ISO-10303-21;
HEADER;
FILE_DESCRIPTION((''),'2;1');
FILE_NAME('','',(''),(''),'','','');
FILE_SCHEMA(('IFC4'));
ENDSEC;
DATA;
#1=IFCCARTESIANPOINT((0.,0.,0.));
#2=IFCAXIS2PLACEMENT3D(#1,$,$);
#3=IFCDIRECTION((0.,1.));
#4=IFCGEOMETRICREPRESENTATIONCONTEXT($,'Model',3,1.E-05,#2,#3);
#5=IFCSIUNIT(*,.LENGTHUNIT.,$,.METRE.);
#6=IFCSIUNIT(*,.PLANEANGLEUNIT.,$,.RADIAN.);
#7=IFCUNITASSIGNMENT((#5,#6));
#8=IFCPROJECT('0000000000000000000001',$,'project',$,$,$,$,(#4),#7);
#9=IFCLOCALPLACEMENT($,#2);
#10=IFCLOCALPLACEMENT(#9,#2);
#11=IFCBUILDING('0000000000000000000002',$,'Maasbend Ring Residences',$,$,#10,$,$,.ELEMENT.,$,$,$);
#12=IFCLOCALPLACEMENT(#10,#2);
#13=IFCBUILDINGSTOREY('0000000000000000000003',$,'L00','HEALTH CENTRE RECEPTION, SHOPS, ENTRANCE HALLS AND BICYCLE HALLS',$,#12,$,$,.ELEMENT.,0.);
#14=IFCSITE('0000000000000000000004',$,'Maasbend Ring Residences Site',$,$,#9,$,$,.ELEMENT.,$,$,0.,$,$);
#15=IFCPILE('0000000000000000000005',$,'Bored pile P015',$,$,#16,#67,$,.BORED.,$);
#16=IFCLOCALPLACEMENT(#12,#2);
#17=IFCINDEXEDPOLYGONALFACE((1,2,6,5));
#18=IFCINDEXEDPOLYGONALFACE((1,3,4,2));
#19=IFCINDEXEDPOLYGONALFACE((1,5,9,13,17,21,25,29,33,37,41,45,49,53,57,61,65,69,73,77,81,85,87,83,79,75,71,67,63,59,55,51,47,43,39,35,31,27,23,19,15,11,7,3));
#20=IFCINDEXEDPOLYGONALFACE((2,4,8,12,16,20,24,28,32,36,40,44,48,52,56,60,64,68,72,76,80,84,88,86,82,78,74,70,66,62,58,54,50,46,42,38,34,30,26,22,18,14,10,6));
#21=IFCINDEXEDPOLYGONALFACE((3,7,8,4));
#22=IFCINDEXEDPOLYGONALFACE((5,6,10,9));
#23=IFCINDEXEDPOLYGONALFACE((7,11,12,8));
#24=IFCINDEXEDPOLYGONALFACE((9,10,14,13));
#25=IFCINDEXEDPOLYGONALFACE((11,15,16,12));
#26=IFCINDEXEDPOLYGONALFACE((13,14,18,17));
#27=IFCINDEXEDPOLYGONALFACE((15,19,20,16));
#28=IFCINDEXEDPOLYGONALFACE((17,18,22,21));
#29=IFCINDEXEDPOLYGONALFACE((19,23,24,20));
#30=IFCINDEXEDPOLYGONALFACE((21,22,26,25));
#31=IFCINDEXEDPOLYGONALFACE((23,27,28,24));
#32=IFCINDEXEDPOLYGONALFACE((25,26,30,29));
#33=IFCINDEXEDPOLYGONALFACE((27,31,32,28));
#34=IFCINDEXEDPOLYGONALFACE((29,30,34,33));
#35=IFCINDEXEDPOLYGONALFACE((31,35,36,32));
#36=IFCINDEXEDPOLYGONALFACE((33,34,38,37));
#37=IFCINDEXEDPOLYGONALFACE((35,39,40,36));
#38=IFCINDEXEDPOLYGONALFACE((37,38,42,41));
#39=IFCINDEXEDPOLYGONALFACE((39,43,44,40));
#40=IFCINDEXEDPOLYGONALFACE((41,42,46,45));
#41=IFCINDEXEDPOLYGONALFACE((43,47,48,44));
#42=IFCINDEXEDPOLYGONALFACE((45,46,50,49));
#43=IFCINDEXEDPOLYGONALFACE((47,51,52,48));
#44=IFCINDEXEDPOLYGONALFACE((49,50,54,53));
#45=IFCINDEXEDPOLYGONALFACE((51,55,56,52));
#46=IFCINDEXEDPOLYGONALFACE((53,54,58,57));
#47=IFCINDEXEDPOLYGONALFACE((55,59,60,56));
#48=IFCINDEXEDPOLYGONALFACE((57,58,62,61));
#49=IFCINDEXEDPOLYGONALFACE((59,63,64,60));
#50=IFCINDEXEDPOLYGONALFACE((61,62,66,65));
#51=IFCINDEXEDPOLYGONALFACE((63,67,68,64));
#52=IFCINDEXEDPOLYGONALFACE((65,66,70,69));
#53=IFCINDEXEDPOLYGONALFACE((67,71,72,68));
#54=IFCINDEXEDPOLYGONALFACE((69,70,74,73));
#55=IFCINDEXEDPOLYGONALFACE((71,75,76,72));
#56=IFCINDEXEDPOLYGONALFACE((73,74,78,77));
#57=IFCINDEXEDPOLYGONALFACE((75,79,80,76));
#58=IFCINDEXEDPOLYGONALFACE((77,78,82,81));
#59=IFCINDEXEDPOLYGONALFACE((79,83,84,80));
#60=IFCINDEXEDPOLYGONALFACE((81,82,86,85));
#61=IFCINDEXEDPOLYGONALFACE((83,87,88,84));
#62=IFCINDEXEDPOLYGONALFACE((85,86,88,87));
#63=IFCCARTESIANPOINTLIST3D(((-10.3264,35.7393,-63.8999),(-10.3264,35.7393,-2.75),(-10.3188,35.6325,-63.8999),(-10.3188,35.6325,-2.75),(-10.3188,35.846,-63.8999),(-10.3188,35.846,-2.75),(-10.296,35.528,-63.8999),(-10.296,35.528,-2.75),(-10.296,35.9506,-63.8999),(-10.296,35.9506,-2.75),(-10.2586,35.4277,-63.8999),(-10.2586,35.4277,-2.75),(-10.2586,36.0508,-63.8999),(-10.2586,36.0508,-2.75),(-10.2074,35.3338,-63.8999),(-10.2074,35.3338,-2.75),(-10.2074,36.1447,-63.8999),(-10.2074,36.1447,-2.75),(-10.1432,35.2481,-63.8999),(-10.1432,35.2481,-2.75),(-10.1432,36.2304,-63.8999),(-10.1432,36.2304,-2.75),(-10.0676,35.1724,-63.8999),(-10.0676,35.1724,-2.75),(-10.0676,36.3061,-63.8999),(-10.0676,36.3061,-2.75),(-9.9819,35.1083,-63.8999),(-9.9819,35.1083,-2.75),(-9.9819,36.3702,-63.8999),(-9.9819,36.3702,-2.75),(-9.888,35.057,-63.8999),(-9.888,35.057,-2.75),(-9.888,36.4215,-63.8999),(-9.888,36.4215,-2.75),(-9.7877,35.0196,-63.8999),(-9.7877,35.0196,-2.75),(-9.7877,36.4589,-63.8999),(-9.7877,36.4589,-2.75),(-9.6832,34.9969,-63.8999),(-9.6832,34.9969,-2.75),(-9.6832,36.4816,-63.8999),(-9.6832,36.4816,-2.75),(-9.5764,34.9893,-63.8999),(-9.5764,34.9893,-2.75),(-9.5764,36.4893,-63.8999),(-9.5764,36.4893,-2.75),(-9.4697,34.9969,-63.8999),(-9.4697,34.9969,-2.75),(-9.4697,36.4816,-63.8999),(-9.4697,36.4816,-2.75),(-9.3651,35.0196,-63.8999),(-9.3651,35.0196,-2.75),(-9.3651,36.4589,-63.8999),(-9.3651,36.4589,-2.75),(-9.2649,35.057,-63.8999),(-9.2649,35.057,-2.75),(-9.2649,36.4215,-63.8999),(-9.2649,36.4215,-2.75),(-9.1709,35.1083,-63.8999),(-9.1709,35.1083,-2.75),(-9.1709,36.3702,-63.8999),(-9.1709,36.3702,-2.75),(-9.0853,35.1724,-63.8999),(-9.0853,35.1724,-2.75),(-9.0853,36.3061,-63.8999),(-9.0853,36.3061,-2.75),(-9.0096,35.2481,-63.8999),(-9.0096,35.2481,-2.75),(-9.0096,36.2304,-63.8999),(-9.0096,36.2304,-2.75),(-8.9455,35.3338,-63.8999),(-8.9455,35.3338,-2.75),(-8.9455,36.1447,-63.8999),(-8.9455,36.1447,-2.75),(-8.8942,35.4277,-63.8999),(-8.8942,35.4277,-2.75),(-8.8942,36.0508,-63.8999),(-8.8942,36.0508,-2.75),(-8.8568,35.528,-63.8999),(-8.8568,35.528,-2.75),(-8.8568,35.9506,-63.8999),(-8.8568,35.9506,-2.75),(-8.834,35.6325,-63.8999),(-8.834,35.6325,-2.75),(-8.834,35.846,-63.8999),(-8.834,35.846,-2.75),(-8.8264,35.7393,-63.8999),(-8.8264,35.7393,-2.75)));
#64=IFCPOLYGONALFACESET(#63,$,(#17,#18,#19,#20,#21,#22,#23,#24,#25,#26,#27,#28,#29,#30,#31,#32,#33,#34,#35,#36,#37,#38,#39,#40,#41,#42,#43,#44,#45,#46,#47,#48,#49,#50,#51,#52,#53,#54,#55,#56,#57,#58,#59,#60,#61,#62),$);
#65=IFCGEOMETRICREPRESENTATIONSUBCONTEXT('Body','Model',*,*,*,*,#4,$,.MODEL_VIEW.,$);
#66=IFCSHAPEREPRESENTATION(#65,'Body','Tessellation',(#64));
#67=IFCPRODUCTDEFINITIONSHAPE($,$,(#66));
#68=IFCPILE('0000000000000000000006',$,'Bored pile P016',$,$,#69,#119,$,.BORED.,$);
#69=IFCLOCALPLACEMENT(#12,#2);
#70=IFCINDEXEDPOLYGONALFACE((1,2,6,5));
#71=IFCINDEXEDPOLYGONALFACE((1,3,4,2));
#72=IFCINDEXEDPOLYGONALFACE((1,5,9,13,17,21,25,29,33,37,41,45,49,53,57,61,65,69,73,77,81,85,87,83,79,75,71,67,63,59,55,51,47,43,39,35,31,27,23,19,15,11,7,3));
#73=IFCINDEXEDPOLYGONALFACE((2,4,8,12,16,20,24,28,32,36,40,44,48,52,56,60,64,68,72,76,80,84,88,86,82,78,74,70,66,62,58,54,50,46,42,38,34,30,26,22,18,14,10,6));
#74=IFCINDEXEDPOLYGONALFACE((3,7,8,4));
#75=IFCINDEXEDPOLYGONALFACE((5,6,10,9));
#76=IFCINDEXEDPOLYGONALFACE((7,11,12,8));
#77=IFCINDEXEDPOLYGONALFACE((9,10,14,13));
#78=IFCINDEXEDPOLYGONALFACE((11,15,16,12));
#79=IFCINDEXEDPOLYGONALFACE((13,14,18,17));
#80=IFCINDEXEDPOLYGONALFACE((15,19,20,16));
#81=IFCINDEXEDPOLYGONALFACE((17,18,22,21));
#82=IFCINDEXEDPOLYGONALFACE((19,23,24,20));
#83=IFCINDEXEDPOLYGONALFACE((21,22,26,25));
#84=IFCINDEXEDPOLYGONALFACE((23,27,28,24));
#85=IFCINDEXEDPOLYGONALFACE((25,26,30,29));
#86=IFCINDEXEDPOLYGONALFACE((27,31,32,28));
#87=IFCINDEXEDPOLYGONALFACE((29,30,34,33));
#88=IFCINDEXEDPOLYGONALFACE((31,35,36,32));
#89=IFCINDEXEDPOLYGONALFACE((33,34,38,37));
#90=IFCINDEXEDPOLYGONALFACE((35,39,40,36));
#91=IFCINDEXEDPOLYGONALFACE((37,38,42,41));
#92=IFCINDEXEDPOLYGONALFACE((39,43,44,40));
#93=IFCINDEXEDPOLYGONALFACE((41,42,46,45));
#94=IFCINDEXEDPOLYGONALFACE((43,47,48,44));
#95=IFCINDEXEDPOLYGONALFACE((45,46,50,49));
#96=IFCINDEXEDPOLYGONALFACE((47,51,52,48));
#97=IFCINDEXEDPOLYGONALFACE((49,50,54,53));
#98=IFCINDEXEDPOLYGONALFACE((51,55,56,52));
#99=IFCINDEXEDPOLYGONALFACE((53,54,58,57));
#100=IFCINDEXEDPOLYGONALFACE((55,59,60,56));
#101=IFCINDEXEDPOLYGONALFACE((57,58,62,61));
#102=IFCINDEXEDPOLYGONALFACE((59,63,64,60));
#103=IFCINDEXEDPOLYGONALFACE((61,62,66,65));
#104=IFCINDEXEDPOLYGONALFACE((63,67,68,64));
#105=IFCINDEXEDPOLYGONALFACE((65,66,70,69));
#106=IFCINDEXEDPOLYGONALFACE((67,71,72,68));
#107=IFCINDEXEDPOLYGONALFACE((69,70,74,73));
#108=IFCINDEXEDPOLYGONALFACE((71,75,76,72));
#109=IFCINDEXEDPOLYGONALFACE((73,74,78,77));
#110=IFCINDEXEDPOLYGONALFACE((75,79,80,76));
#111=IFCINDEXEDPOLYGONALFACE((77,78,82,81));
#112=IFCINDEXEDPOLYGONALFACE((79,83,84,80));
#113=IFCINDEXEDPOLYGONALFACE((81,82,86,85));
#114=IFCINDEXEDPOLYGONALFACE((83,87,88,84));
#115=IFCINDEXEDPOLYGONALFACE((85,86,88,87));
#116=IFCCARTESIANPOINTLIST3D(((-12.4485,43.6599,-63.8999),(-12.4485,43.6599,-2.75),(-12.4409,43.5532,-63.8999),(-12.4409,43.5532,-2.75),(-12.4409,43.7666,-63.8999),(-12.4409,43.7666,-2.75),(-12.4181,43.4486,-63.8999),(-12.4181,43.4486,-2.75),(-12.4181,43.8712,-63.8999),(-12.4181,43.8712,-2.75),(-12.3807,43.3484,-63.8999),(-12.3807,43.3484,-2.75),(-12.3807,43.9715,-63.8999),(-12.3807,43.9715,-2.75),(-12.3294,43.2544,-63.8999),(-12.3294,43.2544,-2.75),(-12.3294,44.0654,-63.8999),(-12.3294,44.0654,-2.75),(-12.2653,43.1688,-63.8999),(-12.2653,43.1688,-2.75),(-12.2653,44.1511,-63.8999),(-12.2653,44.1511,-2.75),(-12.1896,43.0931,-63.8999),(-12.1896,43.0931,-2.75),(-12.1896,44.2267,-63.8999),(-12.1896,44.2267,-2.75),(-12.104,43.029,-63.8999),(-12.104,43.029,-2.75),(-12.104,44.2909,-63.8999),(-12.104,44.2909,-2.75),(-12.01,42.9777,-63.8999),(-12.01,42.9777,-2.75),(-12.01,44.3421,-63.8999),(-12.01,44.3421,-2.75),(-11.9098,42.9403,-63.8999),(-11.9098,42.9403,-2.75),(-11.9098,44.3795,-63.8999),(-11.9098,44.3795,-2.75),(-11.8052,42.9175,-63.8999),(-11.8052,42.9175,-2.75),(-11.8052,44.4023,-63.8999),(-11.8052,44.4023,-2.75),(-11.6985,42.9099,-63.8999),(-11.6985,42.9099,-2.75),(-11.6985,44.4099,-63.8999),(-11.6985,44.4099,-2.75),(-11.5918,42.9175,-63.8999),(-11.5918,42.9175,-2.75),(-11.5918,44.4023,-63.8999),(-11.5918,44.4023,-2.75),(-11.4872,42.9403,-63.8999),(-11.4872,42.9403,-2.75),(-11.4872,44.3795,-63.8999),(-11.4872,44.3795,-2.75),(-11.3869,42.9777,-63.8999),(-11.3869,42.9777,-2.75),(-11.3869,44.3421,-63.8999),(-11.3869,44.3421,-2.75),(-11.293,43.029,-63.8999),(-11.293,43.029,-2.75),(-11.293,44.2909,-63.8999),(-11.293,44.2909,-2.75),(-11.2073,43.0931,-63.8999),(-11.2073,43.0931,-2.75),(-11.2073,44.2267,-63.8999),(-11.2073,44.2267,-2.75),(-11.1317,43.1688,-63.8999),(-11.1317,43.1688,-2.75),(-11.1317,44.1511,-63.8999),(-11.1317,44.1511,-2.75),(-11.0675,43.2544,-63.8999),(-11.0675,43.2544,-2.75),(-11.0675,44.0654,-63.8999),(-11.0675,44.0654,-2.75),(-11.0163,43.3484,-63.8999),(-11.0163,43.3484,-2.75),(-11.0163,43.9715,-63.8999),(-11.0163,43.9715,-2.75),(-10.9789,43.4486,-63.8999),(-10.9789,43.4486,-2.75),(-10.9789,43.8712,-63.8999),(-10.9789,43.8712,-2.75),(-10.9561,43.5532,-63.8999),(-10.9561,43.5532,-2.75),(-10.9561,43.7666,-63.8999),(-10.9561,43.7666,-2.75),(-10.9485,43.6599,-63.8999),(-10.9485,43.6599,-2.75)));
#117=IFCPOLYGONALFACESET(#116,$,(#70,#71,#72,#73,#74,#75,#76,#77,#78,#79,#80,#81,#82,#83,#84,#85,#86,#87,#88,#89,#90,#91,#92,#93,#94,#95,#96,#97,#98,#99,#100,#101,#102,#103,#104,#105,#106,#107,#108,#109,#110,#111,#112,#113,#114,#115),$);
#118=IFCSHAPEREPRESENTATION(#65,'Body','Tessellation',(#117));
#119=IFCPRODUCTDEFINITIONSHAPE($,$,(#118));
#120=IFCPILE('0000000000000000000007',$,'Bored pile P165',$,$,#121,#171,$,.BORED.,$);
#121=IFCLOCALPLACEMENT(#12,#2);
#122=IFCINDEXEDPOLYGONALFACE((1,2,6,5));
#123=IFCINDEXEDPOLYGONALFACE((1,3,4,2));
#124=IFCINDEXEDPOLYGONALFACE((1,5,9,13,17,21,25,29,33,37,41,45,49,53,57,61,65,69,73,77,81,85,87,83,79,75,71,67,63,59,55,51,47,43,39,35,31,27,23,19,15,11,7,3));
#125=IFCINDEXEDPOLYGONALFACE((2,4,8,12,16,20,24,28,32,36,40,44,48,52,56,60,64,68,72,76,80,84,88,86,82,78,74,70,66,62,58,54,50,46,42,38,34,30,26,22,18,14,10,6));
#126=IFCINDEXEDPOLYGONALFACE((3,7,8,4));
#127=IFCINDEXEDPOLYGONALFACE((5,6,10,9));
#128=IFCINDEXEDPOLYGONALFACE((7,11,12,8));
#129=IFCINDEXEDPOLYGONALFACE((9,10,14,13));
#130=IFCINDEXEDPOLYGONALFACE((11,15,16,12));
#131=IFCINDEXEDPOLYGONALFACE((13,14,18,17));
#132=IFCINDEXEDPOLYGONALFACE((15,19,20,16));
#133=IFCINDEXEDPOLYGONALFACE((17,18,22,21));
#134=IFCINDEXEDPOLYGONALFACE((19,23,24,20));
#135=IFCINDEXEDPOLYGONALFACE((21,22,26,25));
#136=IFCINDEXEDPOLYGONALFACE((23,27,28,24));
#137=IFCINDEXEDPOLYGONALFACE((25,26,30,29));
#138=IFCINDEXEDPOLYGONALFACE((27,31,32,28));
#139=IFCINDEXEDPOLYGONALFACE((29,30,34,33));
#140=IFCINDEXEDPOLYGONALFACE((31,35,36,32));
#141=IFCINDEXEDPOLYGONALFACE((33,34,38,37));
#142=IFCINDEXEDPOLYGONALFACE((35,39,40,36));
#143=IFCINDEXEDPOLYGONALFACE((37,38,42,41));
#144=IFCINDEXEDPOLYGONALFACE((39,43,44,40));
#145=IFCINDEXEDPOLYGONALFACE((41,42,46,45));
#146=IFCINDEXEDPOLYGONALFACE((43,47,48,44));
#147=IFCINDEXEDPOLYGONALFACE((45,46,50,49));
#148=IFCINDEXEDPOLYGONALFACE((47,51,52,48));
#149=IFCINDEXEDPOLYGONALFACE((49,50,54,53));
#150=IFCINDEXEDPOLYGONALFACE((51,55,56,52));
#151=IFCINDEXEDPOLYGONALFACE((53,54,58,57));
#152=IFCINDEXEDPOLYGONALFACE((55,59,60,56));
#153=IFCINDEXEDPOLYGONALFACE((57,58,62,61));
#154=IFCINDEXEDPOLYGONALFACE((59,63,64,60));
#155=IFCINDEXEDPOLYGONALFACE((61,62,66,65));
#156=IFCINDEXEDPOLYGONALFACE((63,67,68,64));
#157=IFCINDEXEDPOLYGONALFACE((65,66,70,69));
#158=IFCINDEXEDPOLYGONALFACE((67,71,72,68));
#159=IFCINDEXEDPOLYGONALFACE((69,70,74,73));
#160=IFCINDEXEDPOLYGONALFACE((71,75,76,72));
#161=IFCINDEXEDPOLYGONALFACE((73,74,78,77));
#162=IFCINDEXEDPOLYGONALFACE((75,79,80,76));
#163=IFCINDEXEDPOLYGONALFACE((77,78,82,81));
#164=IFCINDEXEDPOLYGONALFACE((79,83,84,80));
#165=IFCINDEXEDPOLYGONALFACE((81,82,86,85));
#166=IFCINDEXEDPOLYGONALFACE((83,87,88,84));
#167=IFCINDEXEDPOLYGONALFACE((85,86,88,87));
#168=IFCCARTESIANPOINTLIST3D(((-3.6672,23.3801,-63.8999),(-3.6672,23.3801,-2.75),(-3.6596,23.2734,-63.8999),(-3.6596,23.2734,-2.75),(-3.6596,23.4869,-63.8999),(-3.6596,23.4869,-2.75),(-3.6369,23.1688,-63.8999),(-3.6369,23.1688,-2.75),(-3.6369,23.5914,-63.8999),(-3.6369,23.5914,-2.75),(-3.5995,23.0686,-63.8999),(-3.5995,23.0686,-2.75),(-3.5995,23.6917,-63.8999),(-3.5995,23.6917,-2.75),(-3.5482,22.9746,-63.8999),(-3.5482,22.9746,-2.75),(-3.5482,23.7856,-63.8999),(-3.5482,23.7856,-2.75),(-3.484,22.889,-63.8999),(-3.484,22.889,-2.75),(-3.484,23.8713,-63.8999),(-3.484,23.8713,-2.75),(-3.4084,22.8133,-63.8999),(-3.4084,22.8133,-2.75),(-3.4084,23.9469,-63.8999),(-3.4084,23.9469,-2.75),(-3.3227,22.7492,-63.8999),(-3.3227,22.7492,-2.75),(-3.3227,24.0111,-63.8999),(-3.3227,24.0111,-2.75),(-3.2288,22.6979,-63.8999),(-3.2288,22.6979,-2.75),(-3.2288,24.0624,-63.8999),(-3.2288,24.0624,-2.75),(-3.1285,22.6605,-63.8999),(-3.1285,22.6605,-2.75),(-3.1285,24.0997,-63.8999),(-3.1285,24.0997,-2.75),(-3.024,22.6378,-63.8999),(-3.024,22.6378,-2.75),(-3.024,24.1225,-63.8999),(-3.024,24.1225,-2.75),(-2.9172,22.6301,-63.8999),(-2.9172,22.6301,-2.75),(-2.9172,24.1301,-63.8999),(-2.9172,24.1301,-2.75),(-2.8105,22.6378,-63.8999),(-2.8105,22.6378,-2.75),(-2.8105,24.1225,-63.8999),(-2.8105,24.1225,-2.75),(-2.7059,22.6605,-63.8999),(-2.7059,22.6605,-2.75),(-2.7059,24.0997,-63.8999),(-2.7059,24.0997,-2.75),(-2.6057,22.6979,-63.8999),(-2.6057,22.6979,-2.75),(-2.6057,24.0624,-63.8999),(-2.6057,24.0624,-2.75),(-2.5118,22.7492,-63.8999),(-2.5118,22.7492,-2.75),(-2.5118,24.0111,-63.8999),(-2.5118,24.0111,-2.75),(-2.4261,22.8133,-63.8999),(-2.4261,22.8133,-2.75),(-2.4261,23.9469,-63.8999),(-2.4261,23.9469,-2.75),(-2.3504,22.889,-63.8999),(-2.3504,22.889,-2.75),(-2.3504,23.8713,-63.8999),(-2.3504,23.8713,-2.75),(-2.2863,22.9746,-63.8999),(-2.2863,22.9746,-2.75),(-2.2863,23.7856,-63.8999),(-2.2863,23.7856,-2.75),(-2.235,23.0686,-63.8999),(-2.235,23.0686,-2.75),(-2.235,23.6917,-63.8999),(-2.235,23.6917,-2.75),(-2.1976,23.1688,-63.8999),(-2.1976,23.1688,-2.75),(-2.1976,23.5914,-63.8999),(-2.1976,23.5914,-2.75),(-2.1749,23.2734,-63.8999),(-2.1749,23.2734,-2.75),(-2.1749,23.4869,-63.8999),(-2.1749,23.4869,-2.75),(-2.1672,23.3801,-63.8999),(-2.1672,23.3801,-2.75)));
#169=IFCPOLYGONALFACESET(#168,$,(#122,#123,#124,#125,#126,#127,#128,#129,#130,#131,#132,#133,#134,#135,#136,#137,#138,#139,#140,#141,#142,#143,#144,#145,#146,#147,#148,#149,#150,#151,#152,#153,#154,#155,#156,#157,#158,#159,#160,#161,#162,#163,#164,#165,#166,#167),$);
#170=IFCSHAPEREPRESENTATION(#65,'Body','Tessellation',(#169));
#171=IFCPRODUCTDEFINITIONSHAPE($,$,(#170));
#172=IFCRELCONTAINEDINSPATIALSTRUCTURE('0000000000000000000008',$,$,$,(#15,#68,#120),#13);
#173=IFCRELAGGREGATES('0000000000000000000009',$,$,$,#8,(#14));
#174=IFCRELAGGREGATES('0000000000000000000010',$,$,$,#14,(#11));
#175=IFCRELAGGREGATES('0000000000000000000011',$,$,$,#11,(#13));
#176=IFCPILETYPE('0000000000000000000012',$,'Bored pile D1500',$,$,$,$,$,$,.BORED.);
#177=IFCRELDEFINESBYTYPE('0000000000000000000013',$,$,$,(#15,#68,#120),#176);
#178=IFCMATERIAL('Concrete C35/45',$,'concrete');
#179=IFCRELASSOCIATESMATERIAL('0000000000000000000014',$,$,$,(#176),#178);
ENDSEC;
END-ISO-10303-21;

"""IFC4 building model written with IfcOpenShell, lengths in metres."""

from ifc_helpers import new_model, si_unit, direction, frame, origin, origin_2d, place, context, subcontext, project, spatial, circle, extrude, material, material_profile, profile_set, type_object, element, save


model = new_model("IFC4")

# Units and contexts
model_context = context("Model", 3, precision=1e-05, world=origin(), true_north=direction((0.0, 1.0)))
body_context = subcontext(model_context, "Body", "Model", "MODEL_VIEW")
ifc_project = project(units=[si_unit("LENGTHUNIT", "METRE"), si_unit("PLANEANGLEUNIT", "RADIAN")], contexts=[model_context])

# Site, building, storey
site_placement = place(None, origin())
site = spatial("IfcSite", under=ifc_project, at=site_placement, Name="Maasbend Ring Residences Site", CompositionType="ELEMENT", RefElevation=0.0)
building_placement = place(site_placement, origin())
building = spatial("IfcBuilding", under=site, at=building_placement, Name="Maasbend Ring Residences", CompositionType="ELEMENT")
storey_placement = place(building_placement, origin())
storey = spatial("IfcBuildingStorey", under=building, at=storey_placement, Name="L00", Description="HEALTH CENTRE RECEPTION, SHOPS, ENTRANCE HALLS AND BICYCLE HALLS", CompositionType="ELEMENT", Elevation=0.0)

# Piles
ifc_material_1 = material(Name="Concrete C35/45", Category="concrete")
ifc_material_profile_1 = material_profile(ifc_material_1, circle(Radius=0.75, at=origin_2d()), Name="Bored pile D1500")
ifc_profile_set_1 = profile_set([ifc_material_profile_1], Name="Concrete C35/45")
pile_type = type_object("IfcPileType", Name="Bored pile D1500", PredefinedType="BORED", material=ifc_profile_set_1)
for number, where, z_axis, x_axis, name in (
    (1, (-9.5764, 35.7393, -2.75), (0.0, 0.0, -1.0), (1.0, 0.0, 0.0), "Bored pile P015"),
    (2, (-11.6985, 43.6599, -2.75), (0.0, 0.0, -1.0), (1.0, 0.0, 0.0), "Bored pile P016"),
    (3, (-2.9172, 23.3801, -2.75), (0.0, 0.0, -1.0), (1.0, 0.0, 0.0), "Bored pile P165"),
):
    element("IfcPile", number, at=place(storey_placement, frame(where, z_axis=z_axis, x_axis=x_axis)), inside=storey, type_object=pile_type, Name=name, PredefinedType="BORED", context=body_context, shape_type="SweptSolid", body=[
        extrude(circle(Radius=0.75, at=origin_2d()), origin(), (0.0, 0.0, 1.0), 61.1499),
    ])

save(model, "model.ifc")
